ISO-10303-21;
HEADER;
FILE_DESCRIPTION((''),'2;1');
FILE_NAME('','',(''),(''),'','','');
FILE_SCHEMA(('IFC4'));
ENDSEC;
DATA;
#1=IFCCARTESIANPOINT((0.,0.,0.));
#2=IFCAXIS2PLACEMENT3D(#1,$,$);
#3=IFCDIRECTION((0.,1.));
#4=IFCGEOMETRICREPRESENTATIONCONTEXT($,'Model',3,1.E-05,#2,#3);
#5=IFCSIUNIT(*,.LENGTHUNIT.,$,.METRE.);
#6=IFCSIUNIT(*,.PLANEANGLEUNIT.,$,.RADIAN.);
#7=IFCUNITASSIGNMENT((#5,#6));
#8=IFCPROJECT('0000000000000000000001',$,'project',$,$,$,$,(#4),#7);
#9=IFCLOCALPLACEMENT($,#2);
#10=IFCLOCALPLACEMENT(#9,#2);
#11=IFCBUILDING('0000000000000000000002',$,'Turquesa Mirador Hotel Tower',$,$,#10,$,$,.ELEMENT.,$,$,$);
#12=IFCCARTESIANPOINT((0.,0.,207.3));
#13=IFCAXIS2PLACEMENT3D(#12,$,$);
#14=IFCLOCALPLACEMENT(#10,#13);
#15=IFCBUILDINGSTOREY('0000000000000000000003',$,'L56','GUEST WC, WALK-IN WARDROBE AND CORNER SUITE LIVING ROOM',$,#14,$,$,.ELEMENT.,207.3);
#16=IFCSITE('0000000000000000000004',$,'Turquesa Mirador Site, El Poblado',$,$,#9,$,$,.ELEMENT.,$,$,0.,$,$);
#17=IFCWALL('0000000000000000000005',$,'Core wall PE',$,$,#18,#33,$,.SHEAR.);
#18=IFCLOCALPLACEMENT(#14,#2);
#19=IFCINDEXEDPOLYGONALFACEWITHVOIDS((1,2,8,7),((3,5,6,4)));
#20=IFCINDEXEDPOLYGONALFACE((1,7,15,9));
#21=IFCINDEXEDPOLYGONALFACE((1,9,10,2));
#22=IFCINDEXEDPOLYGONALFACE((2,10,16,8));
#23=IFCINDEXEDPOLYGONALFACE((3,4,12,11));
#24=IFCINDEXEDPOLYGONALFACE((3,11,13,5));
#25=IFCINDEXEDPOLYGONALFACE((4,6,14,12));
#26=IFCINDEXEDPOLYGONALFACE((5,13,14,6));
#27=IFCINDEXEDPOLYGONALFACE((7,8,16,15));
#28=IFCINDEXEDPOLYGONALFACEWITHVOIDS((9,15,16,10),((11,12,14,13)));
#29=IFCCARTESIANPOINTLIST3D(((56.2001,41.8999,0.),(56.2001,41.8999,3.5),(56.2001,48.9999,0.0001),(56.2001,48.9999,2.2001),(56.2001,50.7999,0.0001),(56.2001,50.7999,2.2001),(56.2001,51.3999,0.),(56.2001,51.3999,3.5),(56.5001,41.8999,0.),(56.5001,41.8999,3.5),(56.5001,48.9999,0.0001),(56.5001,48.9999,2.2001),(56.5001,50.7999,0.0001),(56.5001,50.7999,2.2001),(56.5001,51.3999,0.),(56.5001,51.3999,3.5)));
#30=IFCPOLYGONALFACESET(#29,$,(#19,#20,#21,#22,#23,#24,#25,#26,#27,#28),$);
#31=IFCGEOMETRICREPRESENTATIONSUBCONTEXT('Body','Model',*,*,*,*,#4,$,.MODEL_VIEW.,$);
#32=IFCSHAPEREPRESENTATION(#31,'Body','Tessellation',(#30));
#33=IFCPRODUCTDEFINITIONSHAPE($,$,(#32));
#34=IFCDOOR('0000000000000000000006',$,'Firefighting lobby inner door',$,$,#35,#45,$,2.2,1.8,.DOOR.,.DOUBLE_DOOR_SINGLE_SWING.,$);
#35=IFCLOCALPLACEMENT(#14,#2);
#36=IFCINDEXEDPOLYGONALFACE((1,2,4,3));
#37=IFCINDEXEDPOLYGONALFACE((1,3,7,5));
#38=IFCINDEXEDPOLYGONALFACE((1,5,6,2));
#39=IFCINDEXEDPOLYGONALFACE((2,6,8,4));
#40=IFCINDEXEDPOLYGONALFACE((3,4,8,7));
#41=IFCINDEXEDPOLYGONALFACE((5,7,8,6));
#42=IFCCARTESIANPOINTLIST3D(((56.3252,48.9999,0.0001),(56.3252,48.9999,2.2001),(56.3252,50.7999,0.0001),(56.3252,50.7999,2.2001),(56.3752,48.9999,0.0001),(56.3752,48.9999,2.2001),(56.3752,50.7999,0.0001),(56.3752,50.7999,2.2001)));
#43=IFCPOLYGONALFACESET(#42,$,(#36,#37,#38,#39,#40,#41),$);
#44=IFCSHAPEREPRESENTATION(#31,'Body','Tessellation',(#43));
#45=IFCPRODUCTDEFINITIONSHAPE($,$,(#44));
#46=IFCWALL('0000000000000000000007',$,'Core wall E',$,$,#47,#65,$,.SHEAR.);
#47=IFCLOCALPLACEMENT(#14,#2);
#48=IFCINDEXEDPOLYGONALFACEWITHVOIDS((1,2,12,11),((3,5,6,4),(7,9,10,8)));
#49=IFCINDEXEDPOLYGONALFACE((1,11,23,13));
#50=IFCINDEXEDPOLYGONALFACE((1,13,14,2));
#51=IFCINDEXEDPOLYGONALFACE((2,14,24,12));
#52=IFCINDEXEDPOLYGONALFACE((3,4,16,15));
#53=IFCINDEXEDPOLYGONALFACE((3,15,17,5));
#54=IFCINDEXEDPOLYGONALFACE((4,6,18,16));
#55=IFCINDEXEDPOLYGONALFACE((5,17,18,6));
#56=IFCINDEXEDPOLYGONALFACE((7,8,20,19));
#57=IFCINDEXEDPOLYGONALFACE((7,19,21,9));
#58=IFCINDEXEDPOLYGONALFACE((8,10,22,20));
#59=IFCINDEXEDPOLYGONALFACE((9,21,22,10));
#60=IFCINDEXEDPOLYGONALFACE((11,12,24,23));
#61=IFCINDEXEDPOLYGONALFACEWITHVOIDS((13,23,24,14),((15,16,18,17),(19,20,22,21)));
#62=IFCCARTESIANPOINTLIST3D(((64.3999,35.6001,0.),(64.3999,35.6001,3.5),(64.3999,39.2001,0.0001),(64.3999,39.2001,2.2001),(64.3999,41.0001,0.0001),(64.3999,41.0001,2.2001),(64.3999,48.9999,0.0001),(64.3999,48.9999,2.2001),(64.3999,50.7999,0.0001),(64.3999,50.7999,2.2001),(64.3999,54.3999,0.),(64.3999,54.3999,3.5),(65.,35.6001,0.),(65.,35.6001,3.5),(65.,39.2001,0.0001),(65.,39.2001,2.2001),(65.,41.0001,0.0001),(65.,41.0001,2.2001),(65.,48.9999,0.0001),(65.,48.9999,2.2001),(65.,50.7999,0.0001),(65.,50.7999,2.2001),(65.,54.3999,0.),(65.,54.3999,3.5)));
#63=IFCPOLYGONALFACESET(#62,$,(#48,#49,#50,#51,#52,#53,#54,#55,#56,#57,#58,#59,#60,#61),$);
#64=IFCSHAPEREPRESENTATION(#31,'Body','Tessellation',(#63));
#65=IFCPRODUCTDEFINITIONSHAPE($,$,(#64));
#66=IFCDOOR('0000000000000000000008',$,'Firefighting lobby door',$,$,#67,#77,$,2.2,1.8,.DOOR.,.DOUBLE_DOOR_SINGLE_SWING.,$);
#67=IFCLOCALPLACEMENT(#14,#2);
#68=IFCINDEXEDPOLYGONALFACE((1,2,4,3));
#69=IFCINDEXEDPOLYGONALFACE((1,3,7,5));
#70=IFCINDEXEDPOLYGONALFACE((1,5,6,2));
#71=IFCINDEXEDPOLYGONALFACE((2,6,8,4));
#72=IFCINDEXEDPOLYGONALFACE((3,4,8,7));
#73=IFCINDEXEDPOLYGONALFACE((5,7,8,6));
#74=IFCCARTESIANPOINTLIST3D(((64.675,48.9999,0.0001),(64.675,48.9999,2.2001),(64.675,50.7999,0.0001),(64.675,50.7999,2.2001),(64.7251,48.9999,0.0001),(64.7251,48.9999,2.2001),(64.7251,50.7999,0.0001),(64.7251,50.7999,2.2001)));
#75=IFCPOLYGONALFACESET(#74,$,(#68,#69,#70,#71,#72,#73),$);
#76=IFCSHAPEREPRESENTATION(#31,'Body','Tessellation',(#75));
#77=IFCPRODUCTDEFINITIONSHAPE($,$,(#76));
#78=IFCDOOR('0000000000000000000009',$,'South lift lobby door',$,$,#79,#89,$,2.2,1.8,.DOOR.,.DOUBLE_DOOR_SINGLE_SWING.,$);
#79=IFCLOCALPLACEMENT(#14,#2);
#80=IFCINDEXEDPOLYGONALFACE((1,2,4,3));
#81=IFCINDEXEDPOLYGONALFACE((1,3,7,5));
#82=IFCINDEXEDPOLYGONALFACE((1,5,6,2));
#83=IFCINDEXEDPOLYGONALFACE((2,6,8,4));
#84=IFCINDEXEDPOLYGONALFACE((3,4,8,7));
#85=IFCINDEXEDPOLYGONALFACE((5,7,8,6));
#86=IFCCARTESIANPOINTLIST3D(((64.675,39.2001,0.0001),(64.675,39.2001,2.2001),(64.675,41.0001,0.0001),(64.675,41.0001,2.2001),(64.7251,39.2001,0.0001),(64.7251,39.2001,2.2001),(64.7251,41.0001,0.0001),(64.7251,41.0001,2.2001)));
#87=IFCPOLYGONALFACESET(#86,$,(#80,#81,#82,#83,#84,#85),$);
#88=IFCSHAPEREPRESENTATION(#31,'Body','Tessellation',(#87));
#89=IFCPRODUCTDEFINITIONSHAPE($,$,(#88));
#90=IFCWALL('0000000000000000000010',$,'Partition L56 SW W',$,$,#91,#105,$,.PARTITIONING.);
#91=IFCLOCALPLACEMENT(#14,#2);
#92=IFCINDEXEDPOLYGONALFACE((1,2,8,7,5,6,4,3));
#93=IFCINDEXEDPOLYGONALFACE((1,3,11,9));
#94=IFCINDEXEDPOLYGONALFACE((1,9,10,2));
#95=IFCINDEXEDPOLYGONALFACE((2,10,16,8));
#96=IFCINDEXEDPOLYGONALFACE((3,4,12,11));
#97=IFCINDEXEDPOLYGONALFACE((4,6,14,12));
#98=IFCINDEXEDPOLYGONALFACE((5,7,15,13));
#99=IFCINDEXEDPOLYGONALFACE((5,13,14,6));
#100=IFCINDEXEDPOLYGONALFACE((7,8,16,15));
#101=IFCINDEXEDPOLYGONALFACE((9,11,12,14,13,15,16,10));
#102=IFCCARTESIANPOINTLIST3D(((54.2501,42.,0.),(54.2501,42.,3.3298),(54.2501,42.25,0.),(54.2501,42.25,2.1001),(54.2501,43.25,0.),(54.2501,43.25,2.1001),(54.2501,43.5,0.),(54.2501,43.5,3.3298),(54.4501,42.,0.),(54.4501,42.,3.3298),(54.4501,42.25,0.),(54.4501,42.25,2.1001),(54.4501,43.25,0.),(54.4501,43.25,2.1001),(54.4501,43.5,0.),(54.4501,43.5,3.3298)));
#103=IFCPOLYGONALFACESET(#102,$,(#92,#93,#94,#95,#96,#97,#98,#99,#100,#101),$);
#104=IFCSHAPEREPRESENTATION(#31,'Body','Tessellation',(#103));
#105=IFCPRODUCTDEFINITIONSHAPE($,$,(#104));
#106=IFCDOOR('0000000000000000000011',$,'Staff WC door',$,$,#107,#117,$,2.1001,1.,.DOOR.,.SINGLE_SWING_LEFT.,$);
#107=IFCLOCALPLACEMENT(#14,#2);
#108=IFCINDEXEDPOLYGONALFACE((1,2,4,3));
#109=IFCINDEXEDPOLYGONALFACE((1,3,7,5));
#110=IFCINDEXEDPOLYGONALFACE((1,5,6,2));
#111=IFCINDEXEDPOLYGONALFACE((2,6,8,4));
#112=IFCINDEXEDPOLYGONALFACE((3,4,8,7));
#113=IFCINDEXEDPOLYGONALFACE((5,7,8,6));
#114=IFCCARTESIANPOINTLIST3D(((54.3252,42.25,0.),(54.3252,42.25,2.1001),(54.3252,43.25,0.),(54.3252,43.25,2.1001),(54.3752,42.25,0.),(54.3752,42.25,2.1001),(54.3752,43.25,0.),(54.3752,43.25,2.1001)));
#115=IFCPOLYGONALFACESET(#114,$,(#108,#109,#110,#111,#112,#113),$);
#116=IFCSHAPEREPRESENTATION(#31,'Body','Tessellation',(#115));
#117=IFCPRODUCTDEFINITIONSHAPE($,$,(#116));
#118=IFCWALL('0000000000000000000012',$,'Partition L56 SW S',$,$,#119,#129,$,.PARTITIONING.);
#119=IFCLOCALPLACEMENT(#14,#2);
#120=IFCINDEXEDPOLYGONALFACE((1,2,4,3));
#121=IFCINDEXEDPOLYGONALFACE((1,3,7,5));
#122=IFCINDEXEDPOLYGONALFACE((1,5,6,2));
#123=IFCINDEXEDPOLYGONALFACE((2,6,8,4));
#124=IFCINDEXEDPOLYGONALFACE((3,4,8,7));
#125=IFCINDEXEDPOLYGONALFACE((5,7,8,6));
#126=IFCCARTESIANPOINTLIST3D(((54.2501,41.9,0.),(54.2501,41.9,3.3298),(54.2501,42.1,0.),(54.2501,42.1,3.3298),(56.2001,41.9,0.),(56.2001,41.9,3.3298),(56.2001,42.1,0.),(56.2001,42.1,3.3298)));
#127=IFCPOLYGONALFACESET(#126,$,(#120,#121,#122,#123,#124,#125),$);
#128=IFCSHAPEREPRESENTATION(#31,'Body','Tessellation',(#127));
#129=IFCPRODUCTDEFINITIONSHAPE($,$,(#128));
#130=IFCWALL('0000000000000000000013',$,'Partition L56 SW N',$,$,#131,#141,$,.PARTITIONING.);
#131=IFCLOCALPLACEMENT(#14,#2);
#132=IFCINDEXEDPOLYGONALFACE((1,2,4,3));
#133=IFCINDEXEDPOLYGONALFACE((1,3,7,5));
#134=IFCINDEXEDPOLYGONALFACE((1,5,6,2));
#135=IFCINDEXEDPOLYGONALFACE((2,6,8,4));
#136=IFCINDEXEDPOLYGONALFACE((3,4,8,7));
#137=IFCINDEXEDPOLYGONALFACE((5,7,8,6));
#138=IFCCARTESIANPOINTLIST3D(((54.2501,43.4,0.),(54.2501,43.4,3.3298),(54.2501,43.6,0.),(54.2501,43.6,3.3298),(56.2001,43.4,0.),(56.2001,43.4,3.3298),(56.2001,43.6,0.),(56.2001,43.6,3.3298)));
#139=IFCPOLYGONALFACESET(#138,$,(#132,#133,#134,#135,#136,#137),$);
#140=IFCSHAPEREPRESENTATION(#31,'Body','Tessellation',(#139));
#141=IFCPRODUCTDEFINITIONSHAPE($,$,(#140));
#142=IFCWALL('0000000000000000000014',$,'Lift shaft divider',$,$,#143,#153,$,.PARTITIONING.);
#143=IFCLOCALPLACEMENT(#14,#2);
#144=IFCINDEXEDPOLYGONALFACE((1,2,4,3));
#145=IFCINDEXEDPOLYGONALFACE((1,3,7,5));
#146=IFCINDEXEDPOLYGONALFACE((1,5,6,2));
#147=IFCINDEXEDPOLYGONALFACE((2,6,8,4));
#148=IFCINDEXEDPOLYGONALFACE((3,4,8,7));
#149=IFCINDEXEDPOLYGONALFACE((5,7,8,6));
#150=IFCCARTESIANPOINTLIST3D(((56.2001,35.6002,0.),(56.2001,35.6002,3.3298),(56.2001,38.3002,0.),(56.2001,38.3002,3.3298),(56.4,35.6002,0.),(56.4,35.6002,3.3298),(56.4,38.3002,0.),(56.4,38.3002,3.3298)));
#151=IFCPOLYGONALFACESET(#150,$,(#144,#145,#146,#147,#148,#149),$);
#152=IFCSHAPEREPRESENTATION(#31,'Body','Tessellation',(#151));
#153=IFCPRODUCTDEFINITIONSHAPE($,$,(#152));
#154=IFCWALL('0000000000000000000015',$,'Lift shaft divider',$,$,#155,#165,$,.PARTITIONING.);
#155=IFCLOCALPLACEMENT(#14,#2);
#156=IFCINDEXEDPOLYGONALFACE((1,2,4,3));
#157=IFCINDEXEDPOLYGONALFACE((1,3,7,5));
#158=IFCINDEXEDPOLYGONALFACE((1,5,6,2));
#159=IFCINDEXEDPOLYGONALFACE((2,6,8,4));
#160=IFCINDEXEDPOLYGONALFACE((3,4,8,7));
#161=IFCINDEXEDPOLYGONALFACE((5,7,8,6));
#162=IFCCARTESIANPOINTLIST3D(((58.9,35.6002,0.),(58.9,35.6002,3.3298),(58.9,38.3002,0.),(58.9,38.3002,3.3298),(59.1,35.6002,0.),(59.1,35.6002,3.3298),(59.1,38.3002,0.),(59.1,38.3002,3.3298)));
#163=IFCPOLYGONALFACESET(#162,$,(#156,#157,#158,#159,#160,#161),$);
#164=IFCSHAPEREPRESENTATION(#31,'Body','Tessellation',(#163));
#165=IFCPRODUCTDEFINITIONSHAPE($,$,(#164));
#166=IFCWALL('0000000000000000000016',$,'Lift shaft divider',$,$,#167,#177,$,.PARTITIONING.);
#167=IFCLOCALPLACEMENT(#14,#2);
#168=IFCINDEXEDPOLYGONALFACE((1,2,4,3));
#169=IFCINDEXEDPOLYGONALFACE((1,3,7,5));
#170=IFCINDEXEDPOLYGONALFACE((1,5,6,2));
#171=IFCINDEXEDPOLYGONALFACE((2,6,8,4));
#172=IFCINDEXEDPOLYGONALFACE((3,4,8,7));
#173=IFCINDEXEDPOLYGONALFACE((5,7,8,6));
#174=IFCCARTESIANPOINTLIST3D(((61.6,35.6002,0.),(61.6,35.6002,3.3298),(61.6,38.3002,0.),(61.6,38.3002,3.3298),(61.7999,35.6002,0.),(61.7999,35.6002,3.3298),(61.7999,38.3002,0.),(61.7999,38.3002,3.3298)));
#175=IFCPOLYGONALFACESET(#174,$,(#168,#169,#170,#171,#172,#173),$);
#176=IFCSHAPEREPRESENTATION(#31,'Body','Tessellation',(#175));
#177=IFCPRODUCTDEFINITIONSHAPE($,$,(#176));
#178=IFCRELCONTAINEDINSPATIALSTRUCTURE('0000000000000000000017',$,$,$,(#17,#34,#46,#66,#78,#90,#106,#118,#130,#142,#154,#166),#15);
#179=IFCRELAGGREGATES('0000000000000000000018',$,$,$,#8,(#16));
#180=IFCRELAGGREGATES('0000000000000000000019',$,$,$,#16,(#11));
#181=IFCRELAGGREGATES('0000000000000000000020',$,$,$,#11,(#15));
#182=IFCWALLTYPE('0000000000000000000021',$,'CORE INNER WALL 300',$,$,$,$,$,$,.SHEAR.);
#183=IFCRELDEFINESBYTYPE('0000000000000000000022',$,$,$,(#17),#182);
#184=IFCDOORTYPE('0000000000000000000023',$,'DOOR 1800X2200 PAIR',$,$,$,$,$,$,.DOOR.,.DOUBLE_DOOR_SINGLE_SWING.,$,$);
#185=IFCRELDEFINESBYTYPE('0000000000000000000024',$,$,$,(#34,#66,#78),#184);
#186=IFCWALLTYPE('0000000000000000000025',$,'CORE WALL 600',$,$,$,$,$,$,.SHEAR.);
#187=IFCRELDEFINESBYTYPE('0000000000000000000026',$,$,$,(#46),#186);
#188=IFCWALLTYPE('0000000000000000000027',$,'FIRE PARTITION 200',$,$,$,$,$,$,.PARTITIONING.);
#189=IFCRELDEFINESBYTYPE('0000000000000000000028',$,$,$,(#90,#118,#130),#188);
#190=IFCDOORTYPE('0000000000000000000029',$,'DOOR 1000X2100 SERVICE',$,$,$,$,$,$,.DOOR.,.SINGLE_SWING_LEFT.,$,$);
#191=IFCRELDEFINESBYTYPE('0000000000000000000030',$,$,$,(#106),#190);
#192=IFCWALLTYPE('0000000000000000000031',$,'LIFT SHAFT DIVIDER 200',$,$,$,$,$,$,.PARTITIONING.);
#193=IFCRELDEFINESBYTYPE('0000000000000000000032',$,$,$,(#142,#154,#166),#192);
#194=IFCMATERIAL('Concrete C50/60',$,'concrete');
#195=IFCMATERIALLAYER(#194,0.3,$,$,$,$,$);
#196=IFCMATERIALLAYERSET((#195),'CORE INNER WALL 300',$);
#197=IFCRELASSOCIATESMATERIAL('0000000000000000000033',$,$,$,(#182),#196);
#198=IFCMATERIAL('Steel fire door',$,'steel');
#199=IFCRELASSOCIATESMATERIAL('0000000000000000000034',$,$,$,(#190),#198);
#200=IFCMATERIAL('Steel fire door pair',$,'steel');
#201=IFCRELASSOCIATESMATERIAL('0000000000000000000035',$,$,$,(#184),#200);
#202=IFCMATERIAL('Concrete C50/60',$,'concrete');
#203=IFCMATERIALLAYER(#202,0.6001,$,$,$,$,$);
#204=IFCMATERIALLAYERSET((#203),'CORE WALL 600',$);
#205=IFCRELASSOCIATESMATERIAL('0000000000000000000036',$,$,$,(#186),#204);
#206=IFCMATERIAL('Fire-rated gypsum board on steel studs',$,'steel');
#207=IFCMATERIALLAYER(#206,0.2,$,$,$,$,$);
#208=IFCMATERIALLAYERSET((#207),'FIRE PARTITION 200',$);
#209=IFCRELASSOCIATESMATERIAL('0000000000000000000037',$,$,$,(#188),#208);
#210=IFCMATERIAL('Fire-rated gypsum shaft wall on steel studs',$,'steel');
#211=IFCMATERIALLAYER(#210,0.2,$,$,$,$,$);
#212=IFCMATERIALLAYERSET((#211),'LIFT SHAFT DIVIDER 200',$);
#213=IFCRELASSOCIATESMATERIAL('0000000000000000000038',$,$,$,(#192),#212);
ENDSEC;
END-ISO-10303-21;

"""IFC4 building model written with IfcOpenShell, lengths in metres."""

from ifc_helpers import new_model, si_unit, direction, frame, frame_2d, origin, place, context, subcontext, project, spatial, rectangle, extrude, material, layer, layer_set, type_object, element, fill, save


model = new_model("IFC4")

# Units and contexts
model_context = context("Model", 3, precision=1e-05, world=origin(), true_north=direction((0.0, 1.0)))
body_context = subcontext(model_context, "Body", "Model", "MODEL_VIEW")
ifc_project = project(units=[si_unit("LENGTHUNIT", "METRE"), si_unit("PLANEANGLEUNIT", "RADIAN")], contexts=[model_context])

# Site, building, storey
site_placement = place(None, origin())
site = spatial("IfcSite", under=ifc_project, at=site_placement, Name="Turquesa Mirador Site, El Poblado", CompositionType="ELEMENT", RefElevation=0.0)
building_placement = place(site_placement, origin())
building = spatial("IfcBuilding", under=site, at=building_placement, Name="Turquesa Mirador Hotel Tower", CompositionType="ELEMENT")
storey_placement = place(building_placement, frame((0.0, 0.0, 207.3)))
storey = spatial("IfcBuildingStorey", under=building, at=storey_placement, Name="L56", Description="GUEST WC, WALK-IN WARDROBE AND CORNER SUITE LIVING ROOM", CompositionType="ELEMENT", Elevation=207.3)

# Wall, opening, door
ifc_material_1 = material(Name="Concrete C50/60", Category="concrete")
ifc_layer_1 = layer(ifc_material_1, 0.3)
ifc_layer_set_1 = layer_set([ifc_layer_1], Name="CORE INNER WALL 300")
wall_type_1 = type_object("IfcWallType", Name="CORE INNER WALL 300", PredefinedType="SHEAR", material=ifc_layer_set_1)
ifc_material_2 = material(Name="Steel fire door", Category="steel")
door_type_1 = type_object("IfcDoorType", Name="DOOR 1000X2100 SERVICE", OperationType="SINGLE_SWING_LEFT", PredefinedType="DOOR", material=ifc_material_2)
wall_1_placement = place(storey_placement, frame((56.3501, 41.8999, 0.0), z_axis=(0.0, 0.0, 1.0), x_axis=(0.0, 1.0, 0.0)))
wall_1 = element("IfcWall", 1, at=wall_1_placement, inside=storey, type_object=wall_type_1, Name="Core wall PE", PredefinedType="SHEAR", context=body_context, shape_type="SweptSolid", body=[
    extrude(rectangle(XDim=9.5, YDim=0.3, at=frame_2d((4.75, 0.0))), origin(), (0.0, 0.0, 1.0), 3.5),
])
opening_1_placement = place(wall_1_placement, frame((7.1001, 0.0, 0.0)))
opening_1 = element("IfcOpeningElement", 2, at=opening_1_placement, cuts=wall_1, PredefinedType="OPENING", context=body_context, shape_type="SweptSolid", body=[
    extrude(rectangle(XDim=1.8, YDim=2.2, at=frame_2d((0.8999, 1.1001))), frame((0.0, 0.1599, 0.0), z_axis=(0.0, -1.0, 0.0), x_axis=(1.0, 0.0, 0.0)), (0.0, 0.0, 1.0), 0.3201),
])
ifc_material_3 = material(Name="Steel fire door pair", Category="steel")
door_type_2 = type_object("IfcDoorType", Name="DOOR 1800X2200 PAIR", OperationType="DOUBLE_DOOR_SINGLE_SWING", PredefinedType="DOOR", material=ifc_material_3)
door_1_placement = place(opening_1_placement, origin())
door_1 = element("IfcDoor", 3, at=door_1_placement, inside=storey, type_object=door_type_2, Name="Firefighting lobby inner door", OperationType="DOUBLE_DOOR_SINGLE_SWING", OverallHeight=2.2, OverallWidth=1.8, PredefinedType="DOOR", context=body_context, shape_type="SweptSolid", body=[
    extrude(rectangle(XDim=1.8, YDim=2.2, at=frame_2d((0.8999, 1.1001))), frame((0.0, 0.0249, 0.0), z_axis=(0.0, -1.0, 0.0), x_axis=(1.0, 0.0, 0.0)), (0.0, 0.0, 1.0), 0.05),
])
fill(opening_1, door_1)

# Wall, openings, doors
ifc_material_4 = material(Name="Concrete C50/60", Category="concrete")
ifc_layer_2 = layer(ifc_material_4, 0.6001)
ifc_layer_set_2 = layer_set([ifc_layer_2], Name="CORE WALL 600")
wall_type_2 = type_object("IfcWallType", Name="CORE WALL 600", PredefinedType="SHEAR", material=ifc_layer_set_2)
wall_2_placement = place(storey_placement, frame((64.7, 35.6001, 0.0), z_axis=(0.0, 0.0, 1.0), x_axis=(0.0, 1.0, 0.0)))
wall_2 = element("IfcWall", 4, at=wall_2_placement, inside=storey, type_object=wall_type_2, Name="Core wall E", PredefinedType="SHEAR", context=body_context, shape_type="SweptSolid", body=[
    extrude(rectangle(XDim=18.7998, YDim=0.6001, at=frame_2d((9.3999, 0.0))), origin(), (0.0, 0.0, 1.0), 3.5),
])
opening_2_placement = place(wall_2_placement, frame((13.3999, 0.0, 0.0)))
opening_2 = element("IfcOpeningElement", 5, at=opening_2_placement, cuts=wall_2, PredefinedType="OPENING", context=body_context, shape_type="SweptSolid", body=[
    extrude(rectangle(XDim=1.8, YDim=2.2, at=frame_2d((0.8999, 1.1001))), frame((0.0, 0.3101, 0.0), z_axis=(0.0, -1.0, 0.0), x_axis=(1.0, 0.0, 0.0)), (0.0, 0.0, 1.0), 0.6201),
])
opening_3_placement = place(wall_2_placement, frame((3.6001, 0.0, 0.0)))
opening_3 = element("IfcOpeningElement", 6, at=opening_3_placement, cuts=wall_2, PredefinedType="OPENING", context=body_context, shape_type="SweptSolid", body=[
    extrude(rectangle(XDim=1.8, YDim=2.2, at=frame_2d((0.8999, 1.1001))), frame((0.0, 0.3101, 0.0), z_axis=(0.0, -1.0, 0.0), x_axis=(1.0, 0.0, 0.0)), (0.0, 0.0, 1.0), 0.6201),
])
door_2_placement = place(opening_2_placement, origin())
door_2 = element("IfcDoor", 7, at=door_2_placement, inside=storey, type_object=door_type_2, Name="Firefighting lobby door", OperationType="DOUBLE_DOOR_SINGLE_SWING", OverallHeight=2.2, OverallWidth=1.8, PredefinedType="DOOR", context=body_context, shape_type="SweptSolid", body=[
    extrude(rectangle(XDim=1.8, YDim=2.2, at=frame_2d((0.8999, 1.1001))), frame((0.0, 0.0249, 0.0), z_axis=(0.0, -1.0, 0.0), x_axis=(1.0, 0.0, 0.0)), (0.0, 0.0, 1.0), 0.05),
])
fill(opening_2, door_2)
door_3_placement = place(opening_3_placement, origin())
door_3 = element("IfcDoor", 8, at=door_3_placement, inside=storey, type_object=door_type_2, Name="South lift lobby door", OperationType="DOUBLE_DOOR_SINGLE_SWING", OverallHeight=2.2, OverallWidth=1.8, PredefinedType="DOOR", context=body_context, shape_type="SweptSolid", body=[
    extrude(rectangle(XDim=1.8, YDim=2.2, at=frame_2d((0.8999, 1.1001))), frame((0.0, 0.0249, 0.0), z_axis=(0.0, -1.0, 0.0), x_axis=(1.0, 0.0, 0.0)), (0.0, 0.0, 1.0), 0.05),
])
fill(opening_3, door_3)

# Wall, opening, door
ifc_material_5 = material(Name="Fire-rated gypsum board on steel studs", Category="steel")
ifc_layer_3 = layer(ifc_material_5, 0.2)
ifc_layer_set_3 = layer_set([ifc_layer_3], Name="FIRE PARTITION 200")
wall_type_3 = type_object("IfcWallType", Name="FIRE PARTITION 200", PredefinedType="PARTITIONING", material=ifc_layer_set_3)
wall_3_placement = place(storey_placement, frame((54.3501, 42.0, 0.0), z_axis=(0.0, 0.0, 1.0), x_axis=(0.0, 1.0, 0.0)))
wall_3 = element("IfcWall", 9, at=wall_3_placement, inside=storey, type_object=wall_type_3, Name="Partition L56 SW W", PredefinedType="PARTITIONING", context=body_context, shape_type="SweptSolid", body=[
    extrude(rectangle(XDim=1.5, YDim=0.2, at=frame_2d((0.75, 0.0))), origin(), (0.0, 0.0, 1.0), 3.3298),
])
opening_4_placement = place(wall_3_placement, frame((0.25, 0.0, 0.0)))
opening_4 = element("IfcOpeningElement", 10, at=opening_4_placement, cuts=wall_3, PredefinedType="OPENING", context=body_context, shape_type="SweptSolid", body=[
    extrude(rectangle(XDim=1.0, YDim=2.1001, at=frame_2d((0.5, 1.05))), frame((0.0, 0.1099, 0.0), z_axis=(0.0, -1.0, 0.0), x_axis=(1.0, 0.0, 0.0)), (0.0, 0.0, 1.0), 0.22),
])
door_4_placement = place(opening_4_placement, origin())
door_4 = element("IfcDoor", 11, at=door_4_placement, inside=storey, type_object=door_type_1, Name="Staff WC door", OperationType="SINGLE_SWING_LEFT", OverallHeight=2.1001, OverallWidth=1.0, PredefinedType="DOOR", context=body_context, shape_type="SweptSolid", body=[
    extrude(rectangle(XDim=1.0, YDim=2.1001, at=frame_2d((0.5, 1.05))), frame((0.0, 0.0249, 0.0), z_axis=(0.0, -1.0, 0.0), x_axis=(1.0, 0.0, 0.0)), (0.0, 0.0, 1.0), 0.05),
])
fill(opening_4, door_4)

# Walls
for number, where, z_axis, x_axis, name in (
    (12, (54.25, 42.0, 0.0), (0.0, 0.0, 1.0), (1.0, 0.0, 0.0), "Partition L56 SW S"),
    (13, (54.25, 43.5, 0.0), (0.0, 0.0, 1.0), (1.0, 0.0, 0.0), "Partition L56 SW N"),
):
    element("IfcWall", number, at=place(storey_placement, frame(where, z_axis=z_axis, x_axis=x_axis)), inside=storey, type_object=wall_type_3, Name=name, PredefinedType="PARTITIONING", context=body_context, shape_type="SweptSolid", body=[
        extrude(rectangle(XDim=1.95, YDim=0.2, at=frame_2d((0.9751, 0.0))), origin(), (0.0, 0.0, 1.0), 3.3298),
    ])
ifc_material_6 = material(Name="Fire-rated gypsum shaft wall on steel studs", Category="steel")
ifc_layer_4 = layer(ifc_material_6, 0.2)
ifc_layer_set_4 = layer_set([ifc_layer_4], Name="LIFT SHAFT DIVIDER 200")
wall_type_4 = type_object("IfcWallType", Name="LIFT SHAFT DIVIDER 200", PredefinedType="PARTITIONING", material=ifc_layer_set_4)
for number, where, z_axis, x_axis, name in (
    (14, (56.3, 35.6001, 0.0), (0.0, 0.0, 1.0), (0.0, 1.0, 0.0), "Lift shaft divider"),
    (15, (59.0, 35.6001, 0.0), (0.0, 0.0, 1.0), (0.0, 1.0, 0.0), "Lift shaft divider"),
    (16, (61.7, 35.6001, 0.0), (0.0, 0.0, 1.0), (0.0, 1.0, 0.0), "Lift shaft divider"),
):
    element("IfcWall", number, at=place(storey_placement, frame(where, z_axis=z_axis, x_axis=x_axis)), inside=storey, type_object=wall_type_4, Name=name, PredefinedType="PARTITIONING", context=body_context, shape_type="SweptSolid", body=[
        extrude(rectangle(XDim=2.7, YDim=0.2, at=frame_2d((1.3501, 0.0))), origin(), (0.0, 0.0, 1.0), 3.3298),
    ])

save(model, "model.ifc")
